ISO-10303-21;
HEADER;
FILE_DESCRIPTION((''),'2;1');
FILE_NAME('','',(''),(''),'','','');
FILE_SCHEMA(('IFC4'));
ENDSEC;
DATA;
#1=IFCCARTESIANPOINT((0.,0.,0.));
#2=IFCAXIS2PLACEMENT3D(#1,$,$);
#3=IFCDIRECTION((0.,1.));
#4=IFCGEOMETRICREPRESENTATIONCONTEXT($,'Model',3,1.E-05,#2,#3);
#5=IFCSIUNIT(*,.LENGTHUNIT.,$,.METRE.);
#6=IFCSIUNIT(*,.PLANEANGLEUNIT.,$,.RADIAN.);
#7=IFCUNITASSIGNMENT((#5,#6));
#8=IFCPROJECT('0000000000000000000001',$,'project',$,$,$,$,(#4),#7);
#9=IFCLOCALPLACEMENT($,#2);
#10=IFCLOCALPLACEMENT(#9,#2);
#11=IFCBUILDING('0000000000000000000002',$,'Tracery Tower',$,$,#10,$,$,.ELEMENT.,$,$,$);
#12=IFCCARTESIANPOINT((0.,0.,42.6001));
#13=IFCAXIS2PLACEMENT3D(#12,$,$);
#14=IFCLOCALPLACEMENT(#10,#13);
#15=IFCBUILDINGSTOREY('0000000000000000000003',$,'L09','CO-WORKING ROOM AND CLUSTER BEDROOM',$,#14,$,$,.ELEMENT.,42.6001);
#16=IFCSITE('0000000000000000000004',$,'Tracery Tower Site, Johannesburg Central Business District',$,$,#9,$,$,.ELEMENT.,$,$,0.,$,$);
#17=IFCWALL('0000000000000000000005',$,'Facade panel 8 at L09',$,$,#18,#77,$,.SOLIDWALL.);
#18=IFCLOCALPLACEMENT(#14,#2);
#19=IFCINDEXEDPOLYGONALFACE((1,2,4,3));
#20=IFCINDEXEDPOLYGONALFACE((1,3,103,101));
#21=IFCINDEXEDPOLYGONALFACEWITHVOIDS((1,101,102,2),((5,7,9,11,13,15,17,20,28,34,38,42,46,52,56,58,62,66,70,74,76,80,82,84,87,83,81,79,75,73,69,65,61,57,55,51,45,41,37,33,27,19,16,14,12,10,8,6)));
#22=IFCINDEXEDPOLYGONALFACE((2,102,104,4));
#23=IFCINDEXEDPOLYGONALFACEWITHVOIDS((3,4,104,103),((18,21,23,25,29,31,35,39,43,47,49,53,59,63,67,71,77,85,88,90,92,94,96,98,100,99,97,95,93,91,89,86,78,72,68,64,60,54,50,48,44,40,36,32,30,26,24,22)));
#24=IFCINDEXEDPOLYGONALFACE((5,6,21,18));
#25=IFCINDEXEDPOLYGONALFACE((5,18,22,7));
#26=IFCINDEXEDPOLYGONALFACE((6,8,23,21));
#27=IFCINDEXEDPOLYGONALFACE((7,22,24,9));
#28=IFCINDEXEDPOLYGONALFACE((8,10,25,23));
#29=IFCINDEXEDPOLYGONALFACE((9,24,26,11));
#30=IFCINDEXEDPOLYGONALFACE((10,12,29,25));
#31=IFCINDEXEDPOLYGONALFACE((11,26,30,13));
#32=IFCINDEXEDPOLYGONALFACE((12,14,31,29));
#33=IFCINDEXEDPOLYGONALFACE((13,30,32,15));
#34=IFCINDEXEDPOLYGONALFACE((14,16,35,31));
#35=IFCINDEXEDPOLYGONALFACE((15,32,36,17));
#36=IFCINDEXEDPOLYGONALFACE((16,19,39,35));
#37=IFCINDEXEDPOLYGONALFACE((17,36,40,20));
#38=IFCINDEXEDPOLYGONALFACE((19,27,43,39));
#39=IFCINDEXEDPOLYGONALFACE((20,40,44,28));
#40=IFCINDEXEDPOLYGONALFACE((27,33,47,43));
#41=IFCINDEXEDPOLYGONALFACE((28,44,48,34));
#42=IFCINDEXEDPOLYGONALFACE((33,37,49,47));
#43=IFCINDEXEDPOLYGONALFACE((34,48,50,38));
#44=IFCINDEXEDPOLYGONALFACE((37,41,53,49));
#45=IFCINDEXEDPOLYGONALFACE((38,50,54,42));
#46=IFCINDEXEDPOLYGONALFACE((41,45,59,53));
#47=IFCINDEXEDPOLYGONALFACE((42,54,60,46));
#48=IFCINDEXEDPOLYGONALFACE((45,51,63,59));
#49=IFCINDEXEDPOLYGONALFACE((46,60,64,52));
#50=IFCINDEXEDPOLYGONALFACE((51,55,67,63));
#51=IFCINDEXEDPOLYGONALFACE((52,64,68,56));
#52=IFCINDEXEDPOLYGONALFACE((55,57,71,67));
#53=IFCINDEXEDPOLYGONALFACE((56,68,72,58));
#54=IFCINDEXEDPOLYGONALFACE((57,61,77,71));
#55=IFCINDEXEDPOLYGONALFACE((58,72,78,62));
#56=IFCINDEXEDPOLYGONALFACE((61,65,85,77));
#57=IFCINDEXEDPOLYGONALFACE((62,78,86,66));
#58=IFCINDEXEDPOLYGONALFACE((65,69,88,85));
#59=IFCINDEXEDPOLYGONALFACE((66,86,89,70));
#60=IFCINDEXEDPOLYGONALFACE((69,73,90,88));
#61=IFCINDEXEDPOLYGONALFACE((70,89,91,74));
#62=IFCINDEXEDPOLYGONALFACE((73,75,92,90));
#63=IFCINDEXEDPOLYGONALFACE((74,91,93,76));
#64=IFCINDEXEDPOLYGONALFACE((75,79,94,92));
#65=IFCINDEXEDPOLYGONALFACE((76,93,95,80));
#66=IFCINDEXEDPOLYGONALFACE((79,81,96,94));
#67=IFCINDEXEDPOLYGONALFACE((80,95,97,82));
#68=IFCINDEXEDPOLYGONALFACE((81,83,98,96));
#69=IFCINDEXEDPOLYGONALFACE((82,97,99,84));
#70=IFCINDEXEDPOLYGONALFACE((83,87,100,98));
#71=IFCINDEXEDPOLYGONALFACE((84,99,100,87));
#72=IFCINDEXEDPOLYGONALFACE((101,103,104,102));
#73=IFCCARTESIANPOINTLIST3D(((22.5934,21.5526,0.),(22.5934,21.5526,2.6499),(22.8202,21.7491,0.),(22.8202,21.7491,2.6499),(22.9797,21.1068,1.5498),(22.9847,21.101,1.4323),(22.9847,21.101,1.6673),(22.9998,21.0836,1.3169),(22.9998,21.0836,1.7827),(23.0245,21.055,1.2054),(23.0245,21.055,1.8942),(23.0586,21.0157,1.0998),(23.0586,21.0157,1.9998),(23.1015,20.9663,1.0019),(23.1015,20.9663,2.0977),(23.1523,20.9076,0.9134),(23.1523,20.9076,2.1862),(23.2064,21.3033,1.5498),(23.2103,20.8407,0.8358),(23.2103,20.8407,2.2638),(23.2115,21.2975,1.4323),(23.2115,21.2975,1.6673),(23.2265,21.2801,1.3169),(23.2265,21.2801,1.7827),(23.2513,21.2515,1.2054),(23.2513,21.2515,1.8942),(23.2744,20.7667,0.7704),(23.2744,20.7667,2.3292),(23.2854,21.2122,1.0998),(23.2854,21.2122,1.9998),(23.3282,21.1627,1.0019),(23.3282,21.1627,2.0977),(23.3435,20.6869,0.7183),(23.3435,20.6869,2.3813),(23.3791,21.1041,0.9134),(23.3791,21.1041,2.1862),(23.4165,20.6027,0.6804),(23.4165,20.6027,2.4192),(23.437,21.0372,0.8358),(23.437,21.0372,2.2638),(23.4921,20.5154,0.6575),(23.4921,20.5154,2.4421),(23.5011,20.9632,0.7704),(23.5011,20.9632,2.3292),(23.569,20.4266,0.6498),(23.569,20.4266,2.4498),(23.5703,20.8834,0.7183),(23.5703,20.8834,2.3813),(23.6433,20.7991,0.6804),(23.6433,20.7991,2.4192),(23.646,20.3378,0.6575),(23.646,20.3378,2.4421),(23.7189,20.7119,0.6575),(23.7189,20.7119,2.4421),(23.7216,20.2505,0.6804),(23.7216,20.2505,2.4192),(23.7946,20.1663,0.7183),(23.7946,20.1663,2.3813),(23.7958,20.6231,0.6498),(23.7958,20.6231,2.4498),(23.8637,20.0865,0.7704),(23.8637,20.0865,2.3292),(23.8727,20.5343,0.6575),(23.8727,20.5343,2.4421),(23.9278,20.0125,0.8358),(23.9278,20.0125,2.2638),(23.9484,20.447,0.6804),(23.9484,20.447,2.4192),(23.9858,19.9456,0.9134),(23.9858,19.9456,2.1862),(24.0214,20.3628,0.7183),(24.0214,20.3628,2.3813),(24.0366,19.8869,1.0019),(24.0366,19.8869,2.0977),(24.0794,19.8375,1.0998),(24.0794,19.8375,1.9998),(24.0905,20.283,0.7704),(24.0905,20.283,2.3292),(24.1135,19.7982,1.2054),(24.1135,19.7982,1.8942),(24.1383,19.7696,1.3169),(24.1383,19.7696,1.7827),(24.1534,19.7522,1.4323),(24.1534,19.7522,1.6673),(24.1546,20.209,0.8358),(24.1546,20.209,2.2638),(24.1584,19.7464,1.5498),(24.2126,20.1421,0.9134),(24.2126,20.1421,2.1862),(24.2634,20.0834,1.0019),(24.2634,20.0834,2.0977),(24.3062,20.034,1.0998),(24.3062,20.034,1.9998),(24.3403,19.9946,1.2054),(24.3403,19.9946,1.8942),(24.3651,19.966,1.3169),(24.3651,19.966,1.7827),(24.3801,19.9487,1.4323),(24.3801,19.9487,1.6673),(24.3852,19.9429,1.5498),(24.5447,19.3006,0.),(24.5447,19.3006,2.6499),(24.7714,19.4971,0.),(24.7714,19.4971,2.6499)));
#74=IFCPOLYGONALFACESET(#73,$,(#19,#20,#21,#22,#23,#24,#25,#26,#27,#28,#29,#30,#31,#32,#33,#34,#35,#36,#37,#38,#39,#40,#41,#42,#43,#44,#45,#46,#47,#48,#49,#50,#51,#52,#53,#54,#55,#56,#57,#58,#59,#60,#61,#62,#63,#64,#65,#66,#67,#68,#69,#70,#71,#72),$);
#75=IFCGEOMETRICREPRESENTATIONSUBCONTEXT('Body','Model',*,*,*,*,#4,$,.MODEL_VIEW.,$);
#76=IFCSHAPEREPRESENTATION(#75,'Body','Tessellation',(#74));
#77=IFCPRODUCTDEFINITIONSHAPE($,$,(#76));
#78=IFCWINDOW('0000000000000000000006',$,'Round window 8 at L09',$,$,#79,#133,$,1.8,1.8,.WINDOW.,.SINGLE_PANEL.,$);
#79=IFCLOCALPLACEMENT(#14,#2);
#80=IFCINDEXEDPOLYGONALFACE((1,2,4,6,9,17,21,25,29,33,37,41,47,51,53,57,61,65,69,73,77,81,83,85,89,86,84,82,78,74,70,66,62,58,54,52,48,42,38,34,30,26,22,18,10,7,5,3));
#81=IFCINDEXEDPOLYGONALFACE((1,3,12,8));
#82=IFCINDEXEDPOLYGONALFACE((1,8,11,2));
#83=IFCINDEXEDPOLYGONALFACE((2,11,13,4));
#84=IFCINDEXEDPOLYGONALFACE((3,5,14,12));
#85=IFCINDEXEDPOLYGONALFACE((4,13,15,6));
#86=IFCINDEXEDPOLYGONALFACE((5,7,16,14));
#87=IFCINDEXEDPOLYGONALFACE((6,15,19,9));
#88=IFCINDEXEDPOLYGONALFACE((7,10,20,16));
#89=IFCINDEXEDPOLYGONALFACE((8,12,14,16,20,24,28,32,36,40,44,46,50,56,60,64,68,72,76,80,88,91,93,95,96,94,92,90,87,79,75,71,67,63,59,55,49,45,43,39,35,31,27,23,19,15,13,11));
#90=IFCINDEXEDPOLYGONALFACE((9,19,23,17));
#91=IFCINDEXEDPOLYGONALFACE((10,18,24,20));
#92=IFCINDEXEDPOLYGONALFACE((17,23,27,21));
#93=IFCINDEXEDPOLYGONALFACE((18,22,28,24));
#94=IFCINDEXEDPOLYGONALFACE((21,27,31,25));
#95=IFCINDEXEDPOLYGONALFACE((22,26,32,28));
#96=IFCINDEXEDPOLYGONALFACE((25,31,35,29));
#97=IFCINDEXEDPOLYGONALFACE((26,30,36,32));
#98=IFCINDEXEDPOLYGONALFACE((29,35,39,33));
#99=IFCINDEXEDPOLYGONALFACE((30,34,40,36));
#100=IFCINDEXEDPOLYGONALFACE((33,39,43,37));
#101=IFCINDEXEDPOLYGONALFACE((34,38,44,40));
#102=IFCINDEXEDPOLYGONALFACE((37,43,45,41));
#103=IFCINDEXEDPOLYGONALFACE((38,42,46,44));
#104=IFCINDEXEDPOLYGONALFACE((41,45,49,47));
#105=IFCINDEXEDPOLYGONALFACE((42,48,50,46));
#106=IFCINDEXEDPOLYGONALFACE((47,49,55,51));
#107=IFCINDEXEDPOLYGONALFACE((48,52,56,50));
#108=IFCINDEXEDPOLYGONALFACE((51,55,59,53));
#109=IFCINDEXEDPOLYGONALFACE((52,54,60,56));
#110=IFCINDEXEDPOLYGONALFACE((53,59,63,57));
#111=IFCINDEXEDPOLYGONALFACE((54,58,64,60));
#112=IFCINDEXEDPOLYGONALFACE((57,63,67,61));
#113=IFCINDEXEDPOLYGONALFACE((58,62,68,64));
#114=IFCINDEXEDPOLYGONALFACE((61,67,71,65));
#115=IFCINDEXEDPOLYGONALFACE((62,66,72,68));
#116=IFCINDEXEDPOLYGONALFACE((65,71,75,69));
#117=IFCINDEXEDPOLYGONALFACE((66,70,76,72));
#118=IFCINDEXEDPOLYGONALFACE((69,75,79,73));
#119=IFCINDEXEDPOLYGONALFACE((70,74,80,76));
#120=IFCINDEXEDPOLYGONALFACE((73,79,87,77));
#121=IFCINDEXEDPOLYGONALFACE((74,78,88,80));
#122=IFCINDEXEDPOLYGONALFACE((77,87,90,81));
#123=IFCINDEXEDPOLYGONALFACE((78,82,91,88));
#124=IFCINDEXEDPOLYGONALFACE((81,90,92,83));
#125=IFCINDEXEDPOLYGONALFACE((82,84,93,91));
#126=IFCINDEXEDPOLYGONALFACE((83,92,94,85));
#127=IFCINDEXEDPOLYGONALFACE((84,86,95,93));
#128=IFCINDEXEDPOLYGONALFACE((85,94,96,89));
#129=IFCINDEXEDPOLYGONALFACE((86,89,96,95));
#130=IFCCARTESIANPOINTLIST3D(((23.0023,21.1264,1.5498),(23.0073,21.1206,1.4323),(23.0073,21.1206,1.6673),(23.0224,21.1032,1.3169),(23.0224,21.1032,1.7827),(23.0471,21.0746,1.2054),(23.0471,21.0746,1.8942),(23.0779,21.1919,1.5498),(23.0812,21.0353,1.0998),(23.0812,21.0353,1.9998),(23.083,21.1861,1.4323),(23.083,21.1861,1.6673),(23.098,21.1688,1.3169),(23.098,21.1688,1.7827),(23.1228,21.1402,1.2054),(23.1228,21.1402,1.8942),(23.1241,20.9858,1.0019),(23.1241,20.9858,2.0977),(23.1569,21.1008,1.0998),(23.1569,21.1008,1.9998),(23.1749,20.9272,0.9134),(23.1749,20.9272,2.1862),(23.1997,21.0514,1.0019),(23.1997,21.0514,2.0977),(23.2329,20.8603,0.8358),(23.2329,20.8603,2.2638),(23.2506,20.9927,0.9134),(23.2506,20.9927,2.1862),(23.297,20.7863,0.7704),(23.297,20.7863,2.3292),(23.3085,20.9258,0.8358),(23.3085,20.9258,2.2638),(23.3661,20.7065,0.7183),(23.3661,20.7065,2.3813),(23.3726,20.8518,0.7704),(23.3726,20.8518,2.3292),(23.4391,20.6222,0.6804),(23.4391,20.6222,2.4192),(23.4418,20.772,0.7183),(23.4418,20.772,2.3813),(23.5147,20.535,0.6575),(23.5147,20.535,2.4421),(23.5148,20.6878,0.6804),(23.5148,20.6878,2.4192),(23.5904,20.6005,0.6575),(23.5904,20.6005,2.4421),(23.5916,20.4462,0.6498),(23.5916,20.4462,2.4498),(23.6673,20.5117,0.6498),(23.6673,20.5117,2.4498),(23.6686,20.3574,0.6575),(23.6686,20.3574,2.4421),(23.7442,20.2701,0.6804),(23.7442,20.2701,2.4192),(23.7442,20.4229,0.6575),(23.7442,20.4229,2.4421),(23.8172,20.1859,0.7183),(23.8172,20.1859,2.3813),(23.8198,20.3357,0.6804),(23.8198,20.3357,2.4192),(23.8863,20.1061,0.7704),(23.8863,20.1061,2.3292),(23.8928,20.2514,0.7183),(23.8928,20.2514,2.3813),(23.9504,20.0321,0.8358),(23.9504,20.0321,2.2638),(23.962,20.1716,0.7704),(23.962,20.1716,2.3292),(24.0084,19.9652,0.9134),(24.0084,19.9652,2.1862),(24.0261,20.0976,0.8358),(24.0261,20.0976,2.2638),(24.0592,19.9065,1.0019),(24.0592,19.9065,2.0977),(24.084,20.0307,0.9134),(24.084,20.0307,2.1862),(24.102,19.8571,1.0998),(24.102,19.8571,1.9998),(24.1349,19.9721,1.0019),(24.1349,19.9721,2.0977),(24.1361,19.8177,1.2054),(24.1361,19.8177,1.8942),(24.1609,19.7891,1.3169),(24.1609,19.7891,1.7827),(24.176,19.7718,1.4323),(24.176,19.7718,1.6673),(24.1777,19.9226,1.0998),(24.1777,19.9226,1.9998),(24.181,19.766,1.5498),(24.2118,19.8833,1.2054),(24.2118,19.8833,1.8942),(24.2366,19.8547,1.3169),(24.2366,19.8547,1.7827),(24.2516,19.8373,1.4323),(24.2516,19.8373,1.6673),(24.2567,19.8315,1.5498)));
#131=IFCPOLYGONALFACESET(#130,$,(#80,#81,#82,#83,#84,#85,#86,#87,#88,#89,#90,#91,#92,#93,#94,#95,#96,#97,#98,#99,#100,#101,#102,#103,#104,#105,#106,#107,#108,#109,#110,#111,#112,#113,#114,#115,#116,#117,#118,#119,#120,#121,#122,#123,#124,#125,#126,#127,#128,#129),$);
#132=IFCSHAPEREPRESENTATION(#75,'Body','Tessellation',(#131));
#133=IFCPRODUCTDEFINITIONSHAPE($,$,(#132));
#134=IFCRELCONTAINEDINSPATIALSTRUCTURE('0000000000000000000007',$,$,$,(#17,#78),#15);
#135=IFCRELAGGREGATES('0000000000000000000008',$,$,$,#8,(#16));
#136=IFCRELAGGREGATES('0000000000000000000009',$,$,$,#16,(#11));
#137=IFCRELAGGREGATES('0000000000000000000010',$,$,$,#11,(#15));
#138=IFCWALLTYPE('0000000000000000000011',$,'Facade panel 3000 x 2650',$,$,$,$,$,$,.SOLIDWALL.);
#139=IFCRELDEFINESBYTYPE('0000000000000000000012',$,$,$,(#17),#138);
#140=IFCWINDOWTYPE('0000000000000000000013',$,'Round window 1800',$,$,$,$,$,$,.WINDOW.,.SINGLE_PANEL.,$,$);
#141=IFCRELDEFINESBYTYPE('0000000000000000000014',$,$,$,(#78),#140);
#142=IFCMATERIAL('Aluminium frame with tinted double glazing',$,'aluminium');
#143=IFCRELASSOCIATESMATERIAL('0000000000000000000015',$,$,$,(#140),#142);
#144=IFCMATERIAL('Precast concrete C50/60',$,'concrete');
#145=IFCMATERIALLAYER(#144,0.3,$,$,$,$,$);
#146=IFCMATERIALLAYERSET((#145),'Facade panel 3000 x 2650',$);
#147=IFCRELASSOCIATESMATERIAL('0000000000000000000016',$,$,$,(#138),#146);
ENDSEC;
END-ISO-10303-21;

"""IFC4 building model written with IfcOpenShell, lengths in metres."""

from ifc_helpers import new_model, si_unit, direction, frame, frame_2d, origin, origin_2d, place, context, subcontext, project, spatial, rectangle, circle, extrude, material, layer, layer_set, type_object, element, fill, save


model = new_model("IFC4")

# Units and contexts
model_context = context("Model", 3, precision=1e-05, world=origin(), true_north=direction((0.0, 1.0)))
body_context = subcontext(model_context, "Body", "Model", "MODEL_VIEW")
ifc_project = project(units=[si_unit("LENGTHUNIT", "METRE"), si_unit("PLANEANGLEUNIT", "RADIAN")], contexts=[model_context])

# Site, building, storey
site_placement = place(None, origin())
site = spatial("IfcSite", under=ifc_project, at=site_placement, Name="Tracery Tower Site, Johannesburg Central Business District", CompositionType="ELEMENT", RefElevation=0.0)
building_placement = place(site_placement, origin())
building = spatial("IfcBuilding", under=site, at=building_placement, Name="Tracery Tower", CompositionType="ELEMENT")
storey_placement = place(building_placement, frame((0.0, 0.0, 42.6001)))
storey = spatial("IfcBuildingStorey", under=building, at=storey_placement, Name="L09", Description="CO-WORKING ROOM AND CLUSTER BEDROOM", CompositionType="ELEMENT", Elevation=42.6001)

# Wall, opening, window
ifc_material_1 = material(Name="Aluminium frame with tinted double glazing", Category="aluminium")
window_type = type_object("IfcWindowType", Name="Round window 1800", PartitioningType="SINGLE_PANEL", PredefinedType="WINDOW", material=ifc_material_1)
ifc_material_2 = material(Name="Precast concrete C50/60", Category="concrete")
ifc_layer_1 = layer(ifc_material_2, 0.3)
ifc_layer_set_1 = layer_set([ifc_layer_1], Name="Facade panel 3000 x 2650")
wall_type_1 = type_object("IfcWallType", Name="Facade panel 3000 x 2650", PredefinedType="SOLIDWALL", material=ifc_layer_set_1)
wall_1_placement = place(storey_placement, frame((24.658, 19.3989, 0.0), z_axis=(0.0, 0.0, 1.0), x_axis=(-0.654831, 0.755776, 0.0)))
wall_1 = element("IfcWall", 1, at=wall_1_placement, inside=storey, type_object=wall_type_1, Name="Facade panel 8 at L09", PredefinedType="SOLIDWALL", context=body_context, shape_type="SweptSolid", body=[
    extrude(rectangle(XDim=2.9797, YDim=0.3, at=frame_2d((1.4897, 0.0))), origin(), (0.0, 0.0, 1.0), 2.6499),
])
opening_1_placement = place(wall_1_placement, frame((1.4897, 0.0, 1.5498)))
opening_1 = element("IfcOpeningElement", 2, at=opening_1_placement, cuts=wall_1, PredefinedType="OPENING", context=body_context, shape_type="SweptSolid", body=[
    extrude(circle(Radius=0.9, at=origin_2d()), frame((0.0, 0.1599, 0.0), z_axis=(0.0, -1.0, 0.0), x_axis=(1.0, 0.0, 0.0)), (0.0, 0.0, 1.0), 0.3201),
])
window_1_placement = place(opening_1_placement, origin())
window_1 = element("IfcWindow", 3, at=window_1_placement, inside=storey, type_object=window_type, Name="Round window 8 at L09", OverallHeight=1.8, OverallWidth=1.8, PartitioningType="SINGLE_PANEL", PredefinedType="WINDOW", context=body_context, shape_type="SweptSolid", body=[
    extrude(circle(Radius=0.9, at=origin_2d()), frame((0.0, 0.1201, 0.0), z_axis=(0.0, -1.0, 0.0), x_axis=(1.0, 0.0, 0.0)), (0.0, 0.0, 1.0), 0.1001),
])
fill(opening_1, window_1)

save(model, "model.ifc")
